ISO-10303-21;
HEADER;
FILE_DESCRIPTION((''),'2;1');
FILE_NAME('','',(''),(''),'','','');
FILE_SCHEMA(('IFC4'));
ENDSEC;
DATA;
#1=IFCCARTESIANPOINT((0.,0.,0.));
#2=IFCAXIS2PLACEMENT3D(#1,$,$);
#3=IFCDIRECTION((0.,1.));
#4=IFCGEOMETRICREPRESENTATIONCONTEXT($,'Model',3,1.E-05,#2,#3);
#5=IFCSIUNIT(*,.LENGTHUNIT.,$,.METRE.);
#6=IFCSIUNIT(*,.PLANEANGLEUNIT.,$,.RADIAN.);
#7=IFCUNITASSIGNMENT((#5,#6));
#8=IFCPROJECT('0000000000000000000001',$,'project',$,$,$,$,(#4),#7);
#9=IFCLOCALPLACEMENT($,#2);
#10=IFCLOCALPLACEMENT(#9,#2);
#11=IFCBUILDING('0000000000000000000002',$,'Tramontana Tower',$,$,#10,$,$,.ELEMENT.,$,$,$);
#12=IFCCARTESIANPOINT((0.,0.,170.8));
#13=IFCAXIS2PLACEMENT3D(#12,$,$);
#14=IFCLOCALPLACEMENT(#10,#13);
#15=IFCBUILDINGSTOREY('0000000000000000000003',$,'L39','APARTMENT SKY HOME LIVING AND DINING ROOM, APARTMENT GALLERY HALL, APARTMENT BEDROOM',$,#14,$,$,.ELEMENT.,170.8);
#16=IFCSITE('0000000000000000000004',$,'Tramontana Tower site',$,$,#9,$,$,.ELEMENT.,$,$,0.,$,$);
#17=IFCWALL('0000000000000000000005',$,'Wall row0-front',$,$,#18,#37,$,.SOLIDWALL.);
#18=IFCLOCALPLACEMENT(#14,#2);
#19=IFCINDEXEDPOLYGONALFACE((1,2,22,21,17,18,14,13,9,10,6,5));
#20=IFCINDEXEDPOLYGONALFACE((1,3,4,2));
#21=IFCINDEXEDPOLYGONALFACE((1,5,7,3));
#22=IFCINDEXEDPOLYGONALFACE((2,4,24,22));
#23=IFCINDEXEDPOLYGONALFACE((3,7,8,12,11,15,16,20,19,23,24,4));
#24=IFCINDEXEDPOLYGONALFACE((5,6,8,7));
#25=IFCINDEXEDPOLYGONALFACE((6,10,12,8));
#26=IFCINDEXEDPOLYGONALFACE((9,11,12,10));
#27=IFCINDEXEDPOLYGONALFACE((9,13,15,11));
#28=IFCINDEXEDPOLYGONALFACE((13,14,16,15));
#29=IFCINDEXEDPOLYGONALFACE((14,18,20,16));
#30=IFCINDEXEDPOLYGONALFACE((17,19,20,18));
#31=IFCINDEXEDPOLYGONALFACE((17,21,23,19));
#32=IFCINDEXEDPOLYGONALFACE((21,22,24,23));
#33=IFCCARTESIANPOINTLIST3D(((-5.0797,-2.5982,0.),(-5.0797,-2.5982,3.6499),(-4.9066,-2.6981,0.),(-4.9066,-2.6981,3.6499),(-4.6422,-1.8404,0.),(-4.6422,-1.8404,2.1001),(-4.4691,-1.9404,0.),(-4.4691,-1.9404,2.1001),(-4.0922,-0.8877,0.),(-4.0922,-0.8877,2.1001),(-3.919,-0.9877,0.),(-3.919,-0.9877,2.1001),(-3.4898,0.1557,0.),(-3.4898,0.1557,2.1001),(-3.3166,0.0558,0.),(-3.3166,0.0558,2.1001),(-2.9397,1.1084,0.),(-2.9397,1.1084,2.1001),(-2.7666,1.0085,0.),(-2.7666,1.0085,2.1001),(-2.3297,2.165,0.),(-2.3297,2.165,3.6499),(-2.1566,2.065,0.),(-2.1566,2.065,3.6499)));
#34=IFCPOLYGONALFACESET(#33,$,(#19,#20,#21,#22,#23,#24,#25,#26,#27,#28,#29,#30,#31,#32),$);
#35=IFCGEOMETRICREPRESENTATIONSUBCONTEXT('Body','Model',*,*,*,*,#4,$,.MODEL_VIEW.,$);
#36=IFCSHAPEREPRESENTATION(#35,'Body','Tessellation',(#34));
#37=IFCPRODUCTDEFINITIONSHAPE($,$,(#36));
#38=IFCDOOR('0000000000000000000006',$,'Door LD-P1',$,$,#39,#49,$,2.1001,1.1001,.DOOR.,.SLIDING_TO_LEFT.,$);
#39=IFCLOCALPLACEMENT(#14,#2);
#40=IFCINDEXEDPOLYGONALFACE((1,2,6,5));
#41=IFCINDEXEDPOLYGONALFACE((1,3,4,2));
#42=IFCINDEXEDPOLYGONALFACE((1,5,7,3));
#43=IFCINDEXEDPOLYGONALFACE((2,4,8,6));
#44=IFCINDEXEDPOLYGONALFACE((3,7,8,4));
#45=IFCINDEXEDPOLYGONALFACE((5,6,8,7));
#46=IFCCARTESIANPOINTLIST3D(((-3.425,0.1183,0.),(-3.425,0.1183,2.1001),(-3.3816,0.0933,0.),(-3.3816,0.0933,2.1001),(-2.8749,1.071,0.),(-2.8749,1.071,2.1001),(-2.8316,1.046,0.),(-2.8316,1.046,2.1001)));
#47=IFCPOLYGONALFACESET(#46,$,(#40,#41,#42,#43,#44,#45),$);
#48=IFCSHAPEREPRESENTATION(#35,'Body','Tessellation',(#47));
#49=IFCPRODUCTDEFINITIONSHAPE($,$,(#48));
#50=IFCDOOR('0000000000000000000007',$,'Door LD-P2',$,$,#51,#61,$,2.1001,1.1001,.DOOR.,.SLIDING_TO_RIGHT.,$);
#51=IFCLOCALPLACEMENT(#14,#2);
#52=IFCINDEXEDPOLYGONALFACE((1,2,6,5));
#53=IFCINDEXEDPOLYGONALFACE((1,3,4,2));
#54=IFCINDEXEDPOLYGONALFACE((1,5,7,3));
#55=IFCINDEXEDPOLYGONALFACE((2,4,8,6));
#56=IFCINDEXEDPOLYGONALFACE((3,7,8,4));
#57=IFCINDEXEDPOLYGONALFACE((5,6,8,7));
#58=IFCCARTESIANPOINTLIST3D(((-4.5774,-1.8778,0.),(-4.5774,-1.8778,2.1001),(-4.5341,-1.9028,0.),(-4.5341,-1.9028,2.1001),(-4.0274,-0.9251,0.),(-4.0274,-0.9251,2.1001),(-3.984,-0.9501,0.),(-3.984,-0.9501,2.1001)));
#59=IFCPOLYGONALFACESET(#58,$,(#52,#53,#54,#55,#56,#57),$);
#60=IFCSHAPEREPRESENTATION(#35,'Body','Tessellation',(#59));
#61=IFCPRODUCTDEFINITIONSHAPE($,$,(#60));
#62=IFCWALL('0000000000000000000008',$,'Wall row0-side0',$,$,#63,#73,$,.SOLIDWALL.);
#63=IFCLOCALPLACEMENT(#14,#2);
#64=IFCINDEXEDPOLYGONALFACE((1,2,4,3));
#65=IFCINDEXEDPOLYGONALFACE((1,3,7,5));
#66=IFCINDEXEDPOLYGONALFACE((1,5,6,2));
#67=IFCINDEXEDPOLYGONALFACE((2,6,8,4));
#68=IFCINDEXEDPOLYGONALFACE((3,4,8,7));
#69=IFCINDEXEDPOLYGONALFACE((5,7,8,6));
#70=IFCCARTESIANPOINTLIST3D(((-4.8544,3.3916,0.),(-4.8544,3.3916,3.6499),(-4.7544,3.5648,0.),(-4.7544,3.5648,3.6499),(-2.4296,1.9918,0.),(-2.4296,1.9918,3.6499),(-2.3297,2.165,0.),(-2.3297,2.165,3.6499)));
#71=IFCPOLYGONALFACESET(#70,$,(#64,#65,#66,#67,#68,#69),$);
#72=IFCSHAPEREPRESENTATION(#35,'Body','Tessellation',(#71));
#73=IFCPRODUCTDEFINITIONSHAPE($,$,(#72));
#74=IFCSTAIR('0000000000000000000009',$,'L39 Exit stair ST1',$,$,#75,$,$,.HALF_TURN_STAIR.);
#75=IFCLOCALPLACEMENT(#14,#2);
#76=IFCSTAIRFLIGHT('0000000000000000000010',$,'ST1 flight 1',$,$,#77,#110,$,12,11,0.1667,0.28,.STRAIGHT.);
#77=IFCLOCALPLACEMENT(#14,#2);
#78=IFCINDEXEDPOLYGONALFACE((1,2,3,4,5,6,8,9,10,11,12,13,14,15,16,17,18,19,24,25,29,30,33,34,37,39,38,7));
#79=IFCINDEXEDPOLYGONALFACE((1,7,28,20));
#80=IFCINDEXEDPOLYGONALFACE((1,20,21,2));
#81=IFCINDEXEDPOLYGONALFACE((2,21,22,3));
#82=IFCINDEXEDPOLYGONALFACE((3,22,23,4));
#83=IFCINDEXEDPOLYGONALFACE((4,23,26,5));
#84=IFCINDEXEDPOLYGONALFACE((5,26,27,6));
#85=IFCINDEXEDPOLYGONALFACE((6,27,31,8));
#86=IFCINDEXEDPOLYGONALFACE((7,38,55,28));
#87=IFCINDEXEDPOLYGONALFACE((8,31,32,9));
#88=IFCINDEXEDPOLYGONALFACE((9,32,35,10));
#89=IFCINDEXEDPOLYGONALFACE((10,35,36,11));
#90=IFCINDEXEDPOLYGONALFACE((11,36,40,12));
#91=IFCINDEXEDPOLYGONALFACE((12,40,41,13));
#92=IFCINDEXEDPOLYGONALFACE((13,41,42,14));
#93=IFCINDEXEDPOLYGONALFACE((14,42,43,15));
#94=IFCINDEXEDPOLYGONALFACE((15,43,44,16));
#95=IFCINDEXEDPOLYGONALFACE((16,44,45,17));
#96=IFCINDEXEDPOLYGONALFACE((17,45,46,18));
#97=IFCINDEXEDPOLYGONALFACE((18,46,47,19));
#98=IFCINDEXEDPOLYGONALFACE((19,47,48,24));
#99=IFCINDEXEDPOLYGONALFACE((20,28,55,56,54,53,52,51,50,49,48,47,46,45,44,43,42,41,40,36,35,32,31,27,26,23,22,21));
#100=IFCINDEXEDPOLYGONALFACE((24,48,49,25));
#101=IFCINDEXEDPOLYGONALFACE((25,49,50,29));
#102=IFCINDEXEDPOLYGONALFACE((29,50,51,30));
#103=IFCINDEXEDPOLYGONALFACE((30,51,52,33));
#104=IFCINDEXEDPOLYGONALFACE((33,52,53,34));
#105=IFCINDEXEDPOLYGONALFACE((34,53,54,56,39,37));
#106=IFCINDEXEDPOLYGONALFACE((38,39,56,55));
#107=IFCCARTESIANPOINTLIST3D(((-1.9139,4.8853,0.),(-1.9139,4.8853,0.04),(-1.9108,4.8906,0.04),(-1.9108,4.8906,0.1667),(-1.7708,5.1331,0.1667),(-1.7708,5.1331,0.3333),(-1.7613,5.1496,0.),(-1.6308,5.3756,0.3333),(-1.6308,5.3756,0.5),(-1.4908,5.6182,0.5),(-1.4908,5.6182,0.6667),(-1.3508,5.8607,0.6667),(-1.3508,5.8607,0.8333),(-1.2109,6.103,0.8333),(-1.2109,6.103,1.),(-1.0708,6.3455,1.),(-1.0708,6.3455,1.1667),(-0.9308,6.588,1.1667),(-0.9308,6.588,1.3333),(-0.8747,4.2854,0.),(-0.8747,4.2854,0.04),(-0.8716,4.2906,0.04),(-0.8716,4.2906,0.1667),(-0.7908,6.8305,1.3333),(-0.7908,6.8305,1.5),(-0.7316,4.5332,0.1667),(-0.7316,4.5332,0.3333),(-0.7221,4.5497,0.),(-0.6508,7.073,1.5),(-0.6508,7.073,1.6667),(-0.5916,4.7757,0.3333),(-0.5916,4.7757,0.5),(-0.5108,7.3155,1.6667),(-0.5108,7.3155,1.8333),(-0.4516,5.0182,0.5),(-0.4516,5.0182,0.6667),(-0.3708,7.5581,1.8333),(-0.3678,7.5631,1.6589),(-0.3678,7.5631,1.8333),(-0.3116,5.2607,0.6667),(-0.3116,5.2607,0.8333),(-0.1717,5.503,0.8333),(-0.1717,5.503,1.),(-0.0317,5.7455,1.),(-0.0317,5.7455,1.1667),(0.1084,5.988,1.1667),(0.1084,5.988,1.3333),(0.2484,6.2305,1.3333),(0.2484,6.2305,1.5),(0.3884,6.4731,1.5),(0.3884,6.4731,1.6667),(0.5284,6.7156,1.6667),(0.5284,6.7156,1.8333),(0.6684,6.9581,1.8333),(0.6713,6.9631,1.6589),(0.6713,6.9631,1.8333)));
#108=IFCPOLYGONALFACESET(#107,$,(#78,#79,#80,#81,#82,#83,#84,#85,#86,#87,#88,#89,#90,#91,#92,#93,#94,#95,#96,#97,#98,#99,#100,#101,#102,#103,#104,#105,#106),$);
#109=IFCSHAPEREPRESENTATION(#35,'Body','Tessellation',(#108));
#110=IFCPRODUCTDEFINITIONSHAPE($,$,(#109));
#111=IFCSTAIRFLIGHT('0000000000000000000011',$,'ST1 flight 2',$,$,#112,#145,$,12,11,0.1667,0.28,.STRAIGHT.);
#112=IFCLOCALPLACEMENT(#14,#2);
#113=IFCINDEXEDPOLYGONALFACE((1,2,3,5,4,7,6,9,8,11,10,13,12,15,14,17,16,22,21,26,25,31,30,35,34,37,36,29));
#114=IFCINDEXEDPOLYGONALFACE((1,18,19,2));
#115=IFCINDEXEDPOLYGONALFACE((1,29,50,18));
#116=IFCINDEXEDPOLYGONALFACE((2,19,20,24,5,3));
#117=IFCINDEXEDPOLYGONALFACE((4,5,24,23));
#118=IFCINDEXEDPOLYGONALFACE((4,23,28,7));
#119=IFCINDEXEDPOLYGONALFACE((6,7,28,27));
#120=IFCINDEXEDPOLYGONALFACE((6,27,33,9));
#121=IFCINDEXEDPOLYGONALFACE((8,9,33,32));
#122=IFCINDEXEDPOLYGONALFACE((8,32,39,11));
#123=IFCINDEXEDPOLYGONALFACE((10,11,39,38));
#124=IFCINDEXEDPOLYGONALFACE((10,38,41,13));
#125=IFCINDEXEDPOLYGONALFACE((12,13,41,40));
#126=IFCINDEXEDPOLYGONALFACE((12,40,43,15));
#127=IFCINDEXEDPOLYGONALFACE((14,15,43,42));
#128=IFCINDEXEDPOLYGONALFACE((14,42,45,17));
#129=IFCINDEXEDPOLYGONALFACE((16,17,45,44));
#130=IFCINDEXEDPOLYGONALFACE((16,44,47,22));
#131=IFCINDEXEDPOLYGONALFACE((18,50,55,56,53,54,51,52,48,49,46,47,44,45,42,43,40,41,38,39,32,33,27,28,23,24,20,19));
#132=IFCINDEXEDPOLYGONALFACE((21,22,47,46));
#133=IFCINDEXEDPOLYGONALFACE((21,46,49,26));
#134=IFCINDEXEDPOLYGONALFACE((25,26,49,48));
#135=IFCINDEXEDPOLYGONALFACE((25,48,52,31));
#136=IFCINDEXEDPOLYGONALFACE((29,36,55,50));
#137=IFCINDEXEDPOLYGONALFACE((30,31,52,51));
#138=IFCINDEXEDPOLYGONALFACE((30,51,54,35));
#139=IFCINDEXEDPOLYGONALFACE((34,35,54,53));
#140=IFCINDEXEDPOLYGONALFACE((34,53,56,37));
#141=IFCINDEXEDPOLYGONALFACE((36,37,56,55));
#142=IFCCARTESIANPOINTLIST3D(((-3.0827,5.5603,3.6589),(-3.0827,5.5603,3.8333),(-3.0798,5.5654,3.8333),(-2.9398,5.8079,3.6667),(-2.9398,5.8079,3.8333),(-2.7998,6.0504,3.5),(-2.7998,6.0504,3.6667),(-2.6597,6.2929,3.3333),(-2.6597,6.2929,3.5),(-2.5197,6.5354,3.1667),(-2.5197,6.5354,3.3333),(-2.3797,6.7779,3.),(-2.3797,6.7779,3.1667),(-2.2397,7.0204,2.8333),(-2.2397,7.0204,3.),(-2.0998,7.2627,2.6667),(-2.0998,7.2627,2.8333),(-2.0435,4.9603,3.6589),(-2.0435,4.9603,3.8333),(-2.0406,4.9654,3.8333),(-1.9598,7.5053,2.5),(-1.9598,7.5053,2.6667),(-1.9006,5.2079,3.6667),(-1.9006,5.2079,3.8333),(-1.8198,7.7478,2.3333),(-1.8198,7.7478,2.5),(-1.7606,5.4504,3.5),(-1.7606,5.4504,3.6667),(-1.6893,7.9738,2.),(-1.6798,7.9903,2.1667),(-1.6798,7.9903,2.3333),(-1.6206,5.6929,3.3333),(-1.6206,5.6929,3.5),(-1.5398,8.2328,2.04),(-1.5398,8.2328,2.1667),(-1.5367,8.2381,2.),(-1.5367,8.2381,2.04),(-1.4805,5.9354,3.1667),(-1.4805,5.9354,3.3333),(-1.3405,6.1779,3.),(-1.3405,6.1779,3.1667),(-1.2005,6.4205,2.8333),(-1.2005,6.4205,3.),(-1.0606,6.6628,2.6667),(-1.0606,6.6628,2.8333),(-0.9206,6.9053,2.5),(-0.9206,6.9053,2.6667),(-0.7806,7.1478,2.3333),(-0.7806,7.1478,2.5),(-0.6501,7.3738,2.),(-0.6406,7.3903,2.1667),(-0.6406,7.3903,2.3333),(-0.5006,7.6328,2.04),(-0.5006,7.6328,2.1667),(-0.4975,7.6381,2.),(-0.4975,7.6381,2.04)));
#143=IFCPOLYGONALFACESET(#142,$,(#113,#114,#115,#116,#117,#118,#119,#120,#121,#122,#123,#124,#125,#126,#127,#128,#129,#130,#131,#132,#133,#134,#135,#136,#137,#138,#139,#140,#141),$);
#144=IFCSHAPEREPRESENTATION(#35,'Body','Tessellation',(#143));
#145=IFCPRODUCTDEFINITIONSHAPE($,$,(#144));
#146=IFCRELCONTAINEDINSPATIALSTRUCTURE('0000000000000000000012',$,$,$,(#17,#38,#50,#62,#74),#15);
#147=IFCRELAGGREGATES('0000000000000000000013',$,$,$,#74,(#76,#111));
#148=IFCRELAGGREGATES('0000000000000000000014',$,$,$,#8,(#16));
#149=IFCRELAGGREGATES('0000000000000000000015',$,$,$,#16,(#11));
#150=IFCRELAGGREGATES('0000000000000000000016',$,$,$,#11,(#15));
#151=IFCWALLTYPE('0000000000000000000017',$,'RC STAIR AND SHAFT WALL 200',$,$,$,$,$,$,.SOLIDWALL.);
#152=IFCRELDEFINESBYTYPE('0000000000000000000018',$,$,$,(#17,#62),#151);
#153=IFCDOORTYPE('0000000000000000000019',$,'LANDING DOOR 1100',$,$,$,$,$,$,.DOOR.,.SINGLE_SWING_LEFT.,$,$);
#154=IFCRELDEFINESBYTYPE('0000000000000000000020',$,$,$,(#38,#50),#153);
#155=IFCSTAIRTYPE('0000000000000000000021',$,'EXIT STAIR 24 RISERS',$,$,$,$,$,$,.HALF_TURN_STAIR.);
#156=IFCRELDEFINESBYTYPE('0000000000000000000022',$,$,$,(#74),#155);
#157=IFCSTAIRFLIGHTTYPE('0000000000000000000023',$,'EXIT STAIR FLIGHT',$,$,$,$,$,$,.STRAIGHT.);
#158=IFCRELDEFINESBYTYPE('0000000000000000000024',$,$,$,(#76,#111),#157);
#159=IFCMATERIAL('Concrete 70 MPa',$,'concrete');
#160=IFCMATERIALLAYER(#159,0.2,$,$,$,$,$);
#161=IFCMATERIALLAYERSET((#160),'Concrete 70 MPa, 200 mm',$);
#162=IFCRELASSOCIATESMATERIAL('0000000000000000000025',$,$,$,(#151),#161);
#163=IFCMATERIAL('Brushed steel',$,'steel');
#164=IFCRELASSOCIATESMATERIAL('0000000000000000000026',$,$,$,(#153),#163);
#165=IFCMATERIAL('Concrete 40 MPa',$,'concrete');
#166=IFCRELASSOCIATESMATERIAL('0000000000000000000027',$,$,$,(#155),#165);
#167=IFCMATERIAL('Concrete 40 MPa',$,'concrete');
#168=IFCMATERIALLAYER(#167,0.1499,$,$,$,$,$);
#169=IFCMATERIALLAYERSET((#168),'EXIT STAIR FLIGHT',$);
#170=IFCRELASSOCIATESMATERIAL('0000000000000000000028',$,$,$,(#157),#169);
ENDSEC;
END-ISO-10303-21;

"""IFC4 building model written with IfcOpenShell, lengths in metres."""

from ifc_helpers import new_model, si_unit, direction, frame, frame_2d, origin, place, context, subcontext, project, spatial, polyline, rectangle, outline, extrude, material, layer, layer_set, type_object, element, fill, aggregate, save


model = new_model("IFC4")

# Units and contexts
model_context = context("Model", 3, precision=1e-05, world=origin(), true_north=direction((0.0, 1.0)))
body_context = subcontext(model_context, "Body", "Model", "MODEL_VIEW")
ifc_project = project(units=[si_unit("LENGTHUNIT", "METRE"), si_unit("PLANEANGLEUNIT", "RADIAN")], contexts=[model_context])

# Site, building, storey
site_placement = place(None, origin())
site = spatial("IfcSite", under=ifc_project, at=site_placement, Name="Tramontana Tower site", CompositionType="ELEMENT", RefElevation=0.0)
building_placement = place(site_placement, origin())
building = spatial("IfcBuilding", under=site, at=building_placement, Name="Tramontana Tower", CompositionType="ELEMENT")
storey_placement = place(building_placement, frame((0.0, 0.0, 170.8)))
storey = spatial("IfcBuildingStorey", under=building, at=storey_placement, Name="L39", Description="APARTMENT SKY HOME LIVING AND DINING ROOM, APARTMENT GALLERY HALL, APARTMENT BEDROOM", CompositionType="ELEMENT", Elevation=170.8)

# Shared definitions
ifc_material_1 = material(Name="Concrete 70 MPa", Category="concrete")
ifc_layer_1 = layer(ifc_material_1, 0.2)
ifc_layer_set_1 = layer_set([ifc_layer_1], Name="Concrete 70 MPa, 200 mm")
wall_type_1 = type_object("IfcWallType", Name="RC STAIR AND SHAFT WALL 200", PredefinedType="SOLIDWALL", material=ifc_layer_set_1)

# Wall, openings, doors
wall_1_placement = place(storey_placement, frame((-2.2432, 2.115, 0.0), z_axis=(0.0, 0.0, 1.0), x_axis=(-0.499997, -0.866027, 0.0)))
wall_1 = element("IfcWall", 1, at=wall_1_placement, inside=storey, type_object=wall_type_1, Name="Wall row0-front", PredefinedType="SOLIDWALL", context=body_context, shape_type="SweptSolid", body=[
    extrude(rectangle(XDim=5.5, YDim=0.2, at=frame_2d((2.75, 0.0))), origin(), (0.0, 0.0, 1.0), 3.6499),
])
opening_1_placement = place(wall_1_placement, frame((1.22, 0.0, 0.0)))
opening_1 = element("IfcOpeningElement", 2, at=opening_1_placement, cuts=wall_1, PredefinedType="OPENING", context=body_context, shape_type="SweptSolid", body=[
    extrude(rectangle(XDim=1.1001, YDim=2.1001, at=frame_2d((0.55, 1.05))), frame((0.0, 0.1099, 0.0), z_axis=(0.0, -1.0, 0.0), x_axis=(1.0, 0.0, 0.0)), (0.0, 0.0, 1.0), 0.22),
])
opening_2_placement = place(wall_1_placement, frame((3.5249, 0.0, 0.0)))
opening_2 = element("IfcOpeningElement", 3, at=opening_2_placement, cuts=wall_1, PredefinedType="OPENING", context=body_context, shape_type="SweptSolid", body=[
    extrude(rectangle(XDim=1.1001, YDim=2.1001, at=frame_2d((0.55, 1.05))), frame((0.0, 0.1099, 0.0), z_axis=(0.0, -1.0, 0.0), x_axis=(1.0, 0.0, 0.0)), (0.0, 0.0, 1.0), 0.22),
])
ifc_material_2 = material(Name="Brushed steel", Category="steel")
door_type_1 = type_object("IfcDoorType", Name="LANDING DOOR 1100", OperationType="SINGLE_SWING_LEFT", PredefinedType="DOOR", material=ifc_material_2)
door_1_placement = place(opening_1_placement, origin())
door_1 = element("IfcDoor", 4, at=door_1_placement, inside=storey, type_object=door_type_1, Name="Door LD-P1", OperationType="SLIDING_TO_LEFT", OverallHeight=2.1001, OverallWidth=1.1001, PredefinedType="DOOR", context=body_context, shape_type="SweptSolid", body=[
    extrude(rectangle(XDim=1.1001, YDim=2.1001, at=frame_2d((0.55, 1.05))), frame((0.0, 0.0249, 0.0), z_axis=(0.0, -1.0, 0.0), x_axis=(1.0, 0.0, 0.0)), (0.0, 0.0, 1.0), 0.05),
])
fill(opening_1, door_1)
door_2_placement = place(opening_2_placement, origin())
door_2 = element("IfcDoor", 5, at=door_2_placement, inside=storey, type_object=door_type_1, Name="Door LD-P2", OperationType="SLIDING_TO_RIGHT", OverallHeight=2.1001, OverallWidth=1.1001, PredefinedType="DOOR", context=body_context, shape_type="SweptSolid", body=[
    extrude(rectangle(XDim=1.1001, YDim=2.1001, at=frame_2d((0.55, 1.05))), frame((0.0, 0.0249, 0.0), z_axis=(0.0, -1.0, 0.0), x_axis=(1.0, 0.0, 0.0)), (0.0, 0.0, 1.0), 0.05),
])
fill(opening_2, door_2)

# Wall
wall_2_placement = place(storey_placement, frame((-2.3796, 2.0784, 0.0), z_axis=(0.0, 0.0, 1.0), x_axis=(-0.866035, 0.499984, 0.0)))
element("IfcWall", 6, at=wall_2_placement, inside=storey, type_object=wall_type_1, Name="Wall row0-side0", PredefinedType="SOLIDWALL", context=body_context, shape_type="SweptSolid", body=[
    extrude(rectangle(XDim=2.7998, YDim=0.2, at=frame_2d((1.3999, 0.0))), origin(), (0.0, 0.0, 1.0), 3.6499),
])

# Stair, stair flights
ifc_material_3 = material(Name="Concrete 40 MPa", Category="concrete")
stair_type = type_object("IfcStairType", Name="EXIT STAIR 24 RISERS", PredefinedType="HALF_TURN_STAIR", material=ifc_material_3)
stair_placement = place(storey_placement, origin())
stair = element("IfcStair", 7, at=stair_placement, inside=storey, type_object=stair_type, Name="L39 Exit stair ST1", PredefinedType="HALF_TURN_STAIR")
ifc_material_4 = material(Name="Concrete 40 MPa", Category="concrete")
ifc_layer_2 = layer(ifc_material_4, 0.1499)
ifc_layer_set_2 = layer_set([ifc_layer_2], Name="EXIT STAIR FLIGHT")
stair_flight_type = type_object("IfcStairFlightType", Name="EXIT STAIR FLIGHT", PredefinedType="STRAIGHT", material=ifc_layer_set_2)
stair_flight_1_placement = place(storey_placement, frame((-1.3911, 4.5906, 0.0), z_axis=(0.0, 0.0, 1.0), x_axis=(0.5, 0.866025, 0.0)))
stair_flight_1 = element("IfcStairFlight", 8, at=stair_flight_1_placement, type_object=stair_flight_type, Name="ST1 flight 1", NumberOfRisers=12, NumberOfTreads=11, PredefinedType="STRAIGHT", RiserHeight=0.1667, TreadLength=0.28, context=body_context, shape_type="SweptSolid", body=[
    extrude(outline(polyline([(-0.0061, 0.0), (-0.0061, 0.04), (0.0, 0.04), (0.0, 0.1667), (0.28, 0.1667), (0.28, 0.3333), (0.5601, 0.3333), (0.5601, 0.5), (0.8401, 0.5), (0.8401, 0.6667), (1.1201, 0.6667), (1.1201, 0.8333), (1.3999, 0.8333), (1.3999, 1.0), (1.6799, 1.0), (1.6799, 1.1667), (1.96, 1.1667), (1.96, 1.3333), (2.24, 1.3333), (2.24, 1.5), (2.52, 1.5), (2.52, 1.6667), (2.8, 1.6667), (2.8, 1.8333), (3.0801, 1.8333), (3.0859, 1.8333), (3.0859, 1.6589), (0.2991, 0.0), (-0.0061, 0.0)])), frame((0.0, 0.6001, 0.0), z_axis=(0.0, -1.0, 0.0), x_axis=(1.0, 0.0, 0.0)), (0.0, 0.0, 1.0), 1.2),
])
stair_flight_2_placement = place(storey_placement, frame((-1.0203, 7.9329, 2.0), z_axis=(0.0, 0.0, 1.0), x_axis=(-0.5, -0.866025, 0.0)))
stair_flight_2 = element("IfcStairFlight", 9, at=stair_flight_2_placement, type_object=stair_flight_type, Name="ST1 flight 2", NumberOfRisers=12, NumberOfTreads=11, PredefinedType="STRAIGHT", RiserHeight=0.1667, TreadLength=0.28, context=body_context, shape_type="SweptSolid", body=[
    extrude(outline(polyline([(-0.0061, 0.0), (-0.0061, 0.04), (0.0, 0.04), (0.0, 0.1667), (0.28, 0.1667), (0.28, 0.3333), (0.5601, 0.3333), (0.5601, 0.5), (0.8401, 0.5), (0.8401, 0.6667), (1.1201, 0.6667), (1.1201, 0.8333), (1.3999, 0.8333), (1.3999, 1.0), (1.6799, 1.0), (1.6799, 1.1667), (1.96, 1.1667), (1.96, 1.3333), (2.24, 1.3333), (2.24, 1.5), (2.52, 1.5), (2.52, 1.6667), (2.8, 1.6667), (2.8, 1.8333), (3.0801, 1.8333), (3.0859, 1.8333), (3.0859, 1.6589), (0.2991, 0.0), (-0.0061, 0.0)])), frame((0.0, 0.6001, 0.0), z_axis=(0.0, -1.0, 0.0), x_axis=(1.0, 0.0, 0.0)), (0.0, 0.0, 1.0), 1.2),
])
aggregate(stair, [stair_flight_1, stair_flight_2])

save(model, "model.ifc")
